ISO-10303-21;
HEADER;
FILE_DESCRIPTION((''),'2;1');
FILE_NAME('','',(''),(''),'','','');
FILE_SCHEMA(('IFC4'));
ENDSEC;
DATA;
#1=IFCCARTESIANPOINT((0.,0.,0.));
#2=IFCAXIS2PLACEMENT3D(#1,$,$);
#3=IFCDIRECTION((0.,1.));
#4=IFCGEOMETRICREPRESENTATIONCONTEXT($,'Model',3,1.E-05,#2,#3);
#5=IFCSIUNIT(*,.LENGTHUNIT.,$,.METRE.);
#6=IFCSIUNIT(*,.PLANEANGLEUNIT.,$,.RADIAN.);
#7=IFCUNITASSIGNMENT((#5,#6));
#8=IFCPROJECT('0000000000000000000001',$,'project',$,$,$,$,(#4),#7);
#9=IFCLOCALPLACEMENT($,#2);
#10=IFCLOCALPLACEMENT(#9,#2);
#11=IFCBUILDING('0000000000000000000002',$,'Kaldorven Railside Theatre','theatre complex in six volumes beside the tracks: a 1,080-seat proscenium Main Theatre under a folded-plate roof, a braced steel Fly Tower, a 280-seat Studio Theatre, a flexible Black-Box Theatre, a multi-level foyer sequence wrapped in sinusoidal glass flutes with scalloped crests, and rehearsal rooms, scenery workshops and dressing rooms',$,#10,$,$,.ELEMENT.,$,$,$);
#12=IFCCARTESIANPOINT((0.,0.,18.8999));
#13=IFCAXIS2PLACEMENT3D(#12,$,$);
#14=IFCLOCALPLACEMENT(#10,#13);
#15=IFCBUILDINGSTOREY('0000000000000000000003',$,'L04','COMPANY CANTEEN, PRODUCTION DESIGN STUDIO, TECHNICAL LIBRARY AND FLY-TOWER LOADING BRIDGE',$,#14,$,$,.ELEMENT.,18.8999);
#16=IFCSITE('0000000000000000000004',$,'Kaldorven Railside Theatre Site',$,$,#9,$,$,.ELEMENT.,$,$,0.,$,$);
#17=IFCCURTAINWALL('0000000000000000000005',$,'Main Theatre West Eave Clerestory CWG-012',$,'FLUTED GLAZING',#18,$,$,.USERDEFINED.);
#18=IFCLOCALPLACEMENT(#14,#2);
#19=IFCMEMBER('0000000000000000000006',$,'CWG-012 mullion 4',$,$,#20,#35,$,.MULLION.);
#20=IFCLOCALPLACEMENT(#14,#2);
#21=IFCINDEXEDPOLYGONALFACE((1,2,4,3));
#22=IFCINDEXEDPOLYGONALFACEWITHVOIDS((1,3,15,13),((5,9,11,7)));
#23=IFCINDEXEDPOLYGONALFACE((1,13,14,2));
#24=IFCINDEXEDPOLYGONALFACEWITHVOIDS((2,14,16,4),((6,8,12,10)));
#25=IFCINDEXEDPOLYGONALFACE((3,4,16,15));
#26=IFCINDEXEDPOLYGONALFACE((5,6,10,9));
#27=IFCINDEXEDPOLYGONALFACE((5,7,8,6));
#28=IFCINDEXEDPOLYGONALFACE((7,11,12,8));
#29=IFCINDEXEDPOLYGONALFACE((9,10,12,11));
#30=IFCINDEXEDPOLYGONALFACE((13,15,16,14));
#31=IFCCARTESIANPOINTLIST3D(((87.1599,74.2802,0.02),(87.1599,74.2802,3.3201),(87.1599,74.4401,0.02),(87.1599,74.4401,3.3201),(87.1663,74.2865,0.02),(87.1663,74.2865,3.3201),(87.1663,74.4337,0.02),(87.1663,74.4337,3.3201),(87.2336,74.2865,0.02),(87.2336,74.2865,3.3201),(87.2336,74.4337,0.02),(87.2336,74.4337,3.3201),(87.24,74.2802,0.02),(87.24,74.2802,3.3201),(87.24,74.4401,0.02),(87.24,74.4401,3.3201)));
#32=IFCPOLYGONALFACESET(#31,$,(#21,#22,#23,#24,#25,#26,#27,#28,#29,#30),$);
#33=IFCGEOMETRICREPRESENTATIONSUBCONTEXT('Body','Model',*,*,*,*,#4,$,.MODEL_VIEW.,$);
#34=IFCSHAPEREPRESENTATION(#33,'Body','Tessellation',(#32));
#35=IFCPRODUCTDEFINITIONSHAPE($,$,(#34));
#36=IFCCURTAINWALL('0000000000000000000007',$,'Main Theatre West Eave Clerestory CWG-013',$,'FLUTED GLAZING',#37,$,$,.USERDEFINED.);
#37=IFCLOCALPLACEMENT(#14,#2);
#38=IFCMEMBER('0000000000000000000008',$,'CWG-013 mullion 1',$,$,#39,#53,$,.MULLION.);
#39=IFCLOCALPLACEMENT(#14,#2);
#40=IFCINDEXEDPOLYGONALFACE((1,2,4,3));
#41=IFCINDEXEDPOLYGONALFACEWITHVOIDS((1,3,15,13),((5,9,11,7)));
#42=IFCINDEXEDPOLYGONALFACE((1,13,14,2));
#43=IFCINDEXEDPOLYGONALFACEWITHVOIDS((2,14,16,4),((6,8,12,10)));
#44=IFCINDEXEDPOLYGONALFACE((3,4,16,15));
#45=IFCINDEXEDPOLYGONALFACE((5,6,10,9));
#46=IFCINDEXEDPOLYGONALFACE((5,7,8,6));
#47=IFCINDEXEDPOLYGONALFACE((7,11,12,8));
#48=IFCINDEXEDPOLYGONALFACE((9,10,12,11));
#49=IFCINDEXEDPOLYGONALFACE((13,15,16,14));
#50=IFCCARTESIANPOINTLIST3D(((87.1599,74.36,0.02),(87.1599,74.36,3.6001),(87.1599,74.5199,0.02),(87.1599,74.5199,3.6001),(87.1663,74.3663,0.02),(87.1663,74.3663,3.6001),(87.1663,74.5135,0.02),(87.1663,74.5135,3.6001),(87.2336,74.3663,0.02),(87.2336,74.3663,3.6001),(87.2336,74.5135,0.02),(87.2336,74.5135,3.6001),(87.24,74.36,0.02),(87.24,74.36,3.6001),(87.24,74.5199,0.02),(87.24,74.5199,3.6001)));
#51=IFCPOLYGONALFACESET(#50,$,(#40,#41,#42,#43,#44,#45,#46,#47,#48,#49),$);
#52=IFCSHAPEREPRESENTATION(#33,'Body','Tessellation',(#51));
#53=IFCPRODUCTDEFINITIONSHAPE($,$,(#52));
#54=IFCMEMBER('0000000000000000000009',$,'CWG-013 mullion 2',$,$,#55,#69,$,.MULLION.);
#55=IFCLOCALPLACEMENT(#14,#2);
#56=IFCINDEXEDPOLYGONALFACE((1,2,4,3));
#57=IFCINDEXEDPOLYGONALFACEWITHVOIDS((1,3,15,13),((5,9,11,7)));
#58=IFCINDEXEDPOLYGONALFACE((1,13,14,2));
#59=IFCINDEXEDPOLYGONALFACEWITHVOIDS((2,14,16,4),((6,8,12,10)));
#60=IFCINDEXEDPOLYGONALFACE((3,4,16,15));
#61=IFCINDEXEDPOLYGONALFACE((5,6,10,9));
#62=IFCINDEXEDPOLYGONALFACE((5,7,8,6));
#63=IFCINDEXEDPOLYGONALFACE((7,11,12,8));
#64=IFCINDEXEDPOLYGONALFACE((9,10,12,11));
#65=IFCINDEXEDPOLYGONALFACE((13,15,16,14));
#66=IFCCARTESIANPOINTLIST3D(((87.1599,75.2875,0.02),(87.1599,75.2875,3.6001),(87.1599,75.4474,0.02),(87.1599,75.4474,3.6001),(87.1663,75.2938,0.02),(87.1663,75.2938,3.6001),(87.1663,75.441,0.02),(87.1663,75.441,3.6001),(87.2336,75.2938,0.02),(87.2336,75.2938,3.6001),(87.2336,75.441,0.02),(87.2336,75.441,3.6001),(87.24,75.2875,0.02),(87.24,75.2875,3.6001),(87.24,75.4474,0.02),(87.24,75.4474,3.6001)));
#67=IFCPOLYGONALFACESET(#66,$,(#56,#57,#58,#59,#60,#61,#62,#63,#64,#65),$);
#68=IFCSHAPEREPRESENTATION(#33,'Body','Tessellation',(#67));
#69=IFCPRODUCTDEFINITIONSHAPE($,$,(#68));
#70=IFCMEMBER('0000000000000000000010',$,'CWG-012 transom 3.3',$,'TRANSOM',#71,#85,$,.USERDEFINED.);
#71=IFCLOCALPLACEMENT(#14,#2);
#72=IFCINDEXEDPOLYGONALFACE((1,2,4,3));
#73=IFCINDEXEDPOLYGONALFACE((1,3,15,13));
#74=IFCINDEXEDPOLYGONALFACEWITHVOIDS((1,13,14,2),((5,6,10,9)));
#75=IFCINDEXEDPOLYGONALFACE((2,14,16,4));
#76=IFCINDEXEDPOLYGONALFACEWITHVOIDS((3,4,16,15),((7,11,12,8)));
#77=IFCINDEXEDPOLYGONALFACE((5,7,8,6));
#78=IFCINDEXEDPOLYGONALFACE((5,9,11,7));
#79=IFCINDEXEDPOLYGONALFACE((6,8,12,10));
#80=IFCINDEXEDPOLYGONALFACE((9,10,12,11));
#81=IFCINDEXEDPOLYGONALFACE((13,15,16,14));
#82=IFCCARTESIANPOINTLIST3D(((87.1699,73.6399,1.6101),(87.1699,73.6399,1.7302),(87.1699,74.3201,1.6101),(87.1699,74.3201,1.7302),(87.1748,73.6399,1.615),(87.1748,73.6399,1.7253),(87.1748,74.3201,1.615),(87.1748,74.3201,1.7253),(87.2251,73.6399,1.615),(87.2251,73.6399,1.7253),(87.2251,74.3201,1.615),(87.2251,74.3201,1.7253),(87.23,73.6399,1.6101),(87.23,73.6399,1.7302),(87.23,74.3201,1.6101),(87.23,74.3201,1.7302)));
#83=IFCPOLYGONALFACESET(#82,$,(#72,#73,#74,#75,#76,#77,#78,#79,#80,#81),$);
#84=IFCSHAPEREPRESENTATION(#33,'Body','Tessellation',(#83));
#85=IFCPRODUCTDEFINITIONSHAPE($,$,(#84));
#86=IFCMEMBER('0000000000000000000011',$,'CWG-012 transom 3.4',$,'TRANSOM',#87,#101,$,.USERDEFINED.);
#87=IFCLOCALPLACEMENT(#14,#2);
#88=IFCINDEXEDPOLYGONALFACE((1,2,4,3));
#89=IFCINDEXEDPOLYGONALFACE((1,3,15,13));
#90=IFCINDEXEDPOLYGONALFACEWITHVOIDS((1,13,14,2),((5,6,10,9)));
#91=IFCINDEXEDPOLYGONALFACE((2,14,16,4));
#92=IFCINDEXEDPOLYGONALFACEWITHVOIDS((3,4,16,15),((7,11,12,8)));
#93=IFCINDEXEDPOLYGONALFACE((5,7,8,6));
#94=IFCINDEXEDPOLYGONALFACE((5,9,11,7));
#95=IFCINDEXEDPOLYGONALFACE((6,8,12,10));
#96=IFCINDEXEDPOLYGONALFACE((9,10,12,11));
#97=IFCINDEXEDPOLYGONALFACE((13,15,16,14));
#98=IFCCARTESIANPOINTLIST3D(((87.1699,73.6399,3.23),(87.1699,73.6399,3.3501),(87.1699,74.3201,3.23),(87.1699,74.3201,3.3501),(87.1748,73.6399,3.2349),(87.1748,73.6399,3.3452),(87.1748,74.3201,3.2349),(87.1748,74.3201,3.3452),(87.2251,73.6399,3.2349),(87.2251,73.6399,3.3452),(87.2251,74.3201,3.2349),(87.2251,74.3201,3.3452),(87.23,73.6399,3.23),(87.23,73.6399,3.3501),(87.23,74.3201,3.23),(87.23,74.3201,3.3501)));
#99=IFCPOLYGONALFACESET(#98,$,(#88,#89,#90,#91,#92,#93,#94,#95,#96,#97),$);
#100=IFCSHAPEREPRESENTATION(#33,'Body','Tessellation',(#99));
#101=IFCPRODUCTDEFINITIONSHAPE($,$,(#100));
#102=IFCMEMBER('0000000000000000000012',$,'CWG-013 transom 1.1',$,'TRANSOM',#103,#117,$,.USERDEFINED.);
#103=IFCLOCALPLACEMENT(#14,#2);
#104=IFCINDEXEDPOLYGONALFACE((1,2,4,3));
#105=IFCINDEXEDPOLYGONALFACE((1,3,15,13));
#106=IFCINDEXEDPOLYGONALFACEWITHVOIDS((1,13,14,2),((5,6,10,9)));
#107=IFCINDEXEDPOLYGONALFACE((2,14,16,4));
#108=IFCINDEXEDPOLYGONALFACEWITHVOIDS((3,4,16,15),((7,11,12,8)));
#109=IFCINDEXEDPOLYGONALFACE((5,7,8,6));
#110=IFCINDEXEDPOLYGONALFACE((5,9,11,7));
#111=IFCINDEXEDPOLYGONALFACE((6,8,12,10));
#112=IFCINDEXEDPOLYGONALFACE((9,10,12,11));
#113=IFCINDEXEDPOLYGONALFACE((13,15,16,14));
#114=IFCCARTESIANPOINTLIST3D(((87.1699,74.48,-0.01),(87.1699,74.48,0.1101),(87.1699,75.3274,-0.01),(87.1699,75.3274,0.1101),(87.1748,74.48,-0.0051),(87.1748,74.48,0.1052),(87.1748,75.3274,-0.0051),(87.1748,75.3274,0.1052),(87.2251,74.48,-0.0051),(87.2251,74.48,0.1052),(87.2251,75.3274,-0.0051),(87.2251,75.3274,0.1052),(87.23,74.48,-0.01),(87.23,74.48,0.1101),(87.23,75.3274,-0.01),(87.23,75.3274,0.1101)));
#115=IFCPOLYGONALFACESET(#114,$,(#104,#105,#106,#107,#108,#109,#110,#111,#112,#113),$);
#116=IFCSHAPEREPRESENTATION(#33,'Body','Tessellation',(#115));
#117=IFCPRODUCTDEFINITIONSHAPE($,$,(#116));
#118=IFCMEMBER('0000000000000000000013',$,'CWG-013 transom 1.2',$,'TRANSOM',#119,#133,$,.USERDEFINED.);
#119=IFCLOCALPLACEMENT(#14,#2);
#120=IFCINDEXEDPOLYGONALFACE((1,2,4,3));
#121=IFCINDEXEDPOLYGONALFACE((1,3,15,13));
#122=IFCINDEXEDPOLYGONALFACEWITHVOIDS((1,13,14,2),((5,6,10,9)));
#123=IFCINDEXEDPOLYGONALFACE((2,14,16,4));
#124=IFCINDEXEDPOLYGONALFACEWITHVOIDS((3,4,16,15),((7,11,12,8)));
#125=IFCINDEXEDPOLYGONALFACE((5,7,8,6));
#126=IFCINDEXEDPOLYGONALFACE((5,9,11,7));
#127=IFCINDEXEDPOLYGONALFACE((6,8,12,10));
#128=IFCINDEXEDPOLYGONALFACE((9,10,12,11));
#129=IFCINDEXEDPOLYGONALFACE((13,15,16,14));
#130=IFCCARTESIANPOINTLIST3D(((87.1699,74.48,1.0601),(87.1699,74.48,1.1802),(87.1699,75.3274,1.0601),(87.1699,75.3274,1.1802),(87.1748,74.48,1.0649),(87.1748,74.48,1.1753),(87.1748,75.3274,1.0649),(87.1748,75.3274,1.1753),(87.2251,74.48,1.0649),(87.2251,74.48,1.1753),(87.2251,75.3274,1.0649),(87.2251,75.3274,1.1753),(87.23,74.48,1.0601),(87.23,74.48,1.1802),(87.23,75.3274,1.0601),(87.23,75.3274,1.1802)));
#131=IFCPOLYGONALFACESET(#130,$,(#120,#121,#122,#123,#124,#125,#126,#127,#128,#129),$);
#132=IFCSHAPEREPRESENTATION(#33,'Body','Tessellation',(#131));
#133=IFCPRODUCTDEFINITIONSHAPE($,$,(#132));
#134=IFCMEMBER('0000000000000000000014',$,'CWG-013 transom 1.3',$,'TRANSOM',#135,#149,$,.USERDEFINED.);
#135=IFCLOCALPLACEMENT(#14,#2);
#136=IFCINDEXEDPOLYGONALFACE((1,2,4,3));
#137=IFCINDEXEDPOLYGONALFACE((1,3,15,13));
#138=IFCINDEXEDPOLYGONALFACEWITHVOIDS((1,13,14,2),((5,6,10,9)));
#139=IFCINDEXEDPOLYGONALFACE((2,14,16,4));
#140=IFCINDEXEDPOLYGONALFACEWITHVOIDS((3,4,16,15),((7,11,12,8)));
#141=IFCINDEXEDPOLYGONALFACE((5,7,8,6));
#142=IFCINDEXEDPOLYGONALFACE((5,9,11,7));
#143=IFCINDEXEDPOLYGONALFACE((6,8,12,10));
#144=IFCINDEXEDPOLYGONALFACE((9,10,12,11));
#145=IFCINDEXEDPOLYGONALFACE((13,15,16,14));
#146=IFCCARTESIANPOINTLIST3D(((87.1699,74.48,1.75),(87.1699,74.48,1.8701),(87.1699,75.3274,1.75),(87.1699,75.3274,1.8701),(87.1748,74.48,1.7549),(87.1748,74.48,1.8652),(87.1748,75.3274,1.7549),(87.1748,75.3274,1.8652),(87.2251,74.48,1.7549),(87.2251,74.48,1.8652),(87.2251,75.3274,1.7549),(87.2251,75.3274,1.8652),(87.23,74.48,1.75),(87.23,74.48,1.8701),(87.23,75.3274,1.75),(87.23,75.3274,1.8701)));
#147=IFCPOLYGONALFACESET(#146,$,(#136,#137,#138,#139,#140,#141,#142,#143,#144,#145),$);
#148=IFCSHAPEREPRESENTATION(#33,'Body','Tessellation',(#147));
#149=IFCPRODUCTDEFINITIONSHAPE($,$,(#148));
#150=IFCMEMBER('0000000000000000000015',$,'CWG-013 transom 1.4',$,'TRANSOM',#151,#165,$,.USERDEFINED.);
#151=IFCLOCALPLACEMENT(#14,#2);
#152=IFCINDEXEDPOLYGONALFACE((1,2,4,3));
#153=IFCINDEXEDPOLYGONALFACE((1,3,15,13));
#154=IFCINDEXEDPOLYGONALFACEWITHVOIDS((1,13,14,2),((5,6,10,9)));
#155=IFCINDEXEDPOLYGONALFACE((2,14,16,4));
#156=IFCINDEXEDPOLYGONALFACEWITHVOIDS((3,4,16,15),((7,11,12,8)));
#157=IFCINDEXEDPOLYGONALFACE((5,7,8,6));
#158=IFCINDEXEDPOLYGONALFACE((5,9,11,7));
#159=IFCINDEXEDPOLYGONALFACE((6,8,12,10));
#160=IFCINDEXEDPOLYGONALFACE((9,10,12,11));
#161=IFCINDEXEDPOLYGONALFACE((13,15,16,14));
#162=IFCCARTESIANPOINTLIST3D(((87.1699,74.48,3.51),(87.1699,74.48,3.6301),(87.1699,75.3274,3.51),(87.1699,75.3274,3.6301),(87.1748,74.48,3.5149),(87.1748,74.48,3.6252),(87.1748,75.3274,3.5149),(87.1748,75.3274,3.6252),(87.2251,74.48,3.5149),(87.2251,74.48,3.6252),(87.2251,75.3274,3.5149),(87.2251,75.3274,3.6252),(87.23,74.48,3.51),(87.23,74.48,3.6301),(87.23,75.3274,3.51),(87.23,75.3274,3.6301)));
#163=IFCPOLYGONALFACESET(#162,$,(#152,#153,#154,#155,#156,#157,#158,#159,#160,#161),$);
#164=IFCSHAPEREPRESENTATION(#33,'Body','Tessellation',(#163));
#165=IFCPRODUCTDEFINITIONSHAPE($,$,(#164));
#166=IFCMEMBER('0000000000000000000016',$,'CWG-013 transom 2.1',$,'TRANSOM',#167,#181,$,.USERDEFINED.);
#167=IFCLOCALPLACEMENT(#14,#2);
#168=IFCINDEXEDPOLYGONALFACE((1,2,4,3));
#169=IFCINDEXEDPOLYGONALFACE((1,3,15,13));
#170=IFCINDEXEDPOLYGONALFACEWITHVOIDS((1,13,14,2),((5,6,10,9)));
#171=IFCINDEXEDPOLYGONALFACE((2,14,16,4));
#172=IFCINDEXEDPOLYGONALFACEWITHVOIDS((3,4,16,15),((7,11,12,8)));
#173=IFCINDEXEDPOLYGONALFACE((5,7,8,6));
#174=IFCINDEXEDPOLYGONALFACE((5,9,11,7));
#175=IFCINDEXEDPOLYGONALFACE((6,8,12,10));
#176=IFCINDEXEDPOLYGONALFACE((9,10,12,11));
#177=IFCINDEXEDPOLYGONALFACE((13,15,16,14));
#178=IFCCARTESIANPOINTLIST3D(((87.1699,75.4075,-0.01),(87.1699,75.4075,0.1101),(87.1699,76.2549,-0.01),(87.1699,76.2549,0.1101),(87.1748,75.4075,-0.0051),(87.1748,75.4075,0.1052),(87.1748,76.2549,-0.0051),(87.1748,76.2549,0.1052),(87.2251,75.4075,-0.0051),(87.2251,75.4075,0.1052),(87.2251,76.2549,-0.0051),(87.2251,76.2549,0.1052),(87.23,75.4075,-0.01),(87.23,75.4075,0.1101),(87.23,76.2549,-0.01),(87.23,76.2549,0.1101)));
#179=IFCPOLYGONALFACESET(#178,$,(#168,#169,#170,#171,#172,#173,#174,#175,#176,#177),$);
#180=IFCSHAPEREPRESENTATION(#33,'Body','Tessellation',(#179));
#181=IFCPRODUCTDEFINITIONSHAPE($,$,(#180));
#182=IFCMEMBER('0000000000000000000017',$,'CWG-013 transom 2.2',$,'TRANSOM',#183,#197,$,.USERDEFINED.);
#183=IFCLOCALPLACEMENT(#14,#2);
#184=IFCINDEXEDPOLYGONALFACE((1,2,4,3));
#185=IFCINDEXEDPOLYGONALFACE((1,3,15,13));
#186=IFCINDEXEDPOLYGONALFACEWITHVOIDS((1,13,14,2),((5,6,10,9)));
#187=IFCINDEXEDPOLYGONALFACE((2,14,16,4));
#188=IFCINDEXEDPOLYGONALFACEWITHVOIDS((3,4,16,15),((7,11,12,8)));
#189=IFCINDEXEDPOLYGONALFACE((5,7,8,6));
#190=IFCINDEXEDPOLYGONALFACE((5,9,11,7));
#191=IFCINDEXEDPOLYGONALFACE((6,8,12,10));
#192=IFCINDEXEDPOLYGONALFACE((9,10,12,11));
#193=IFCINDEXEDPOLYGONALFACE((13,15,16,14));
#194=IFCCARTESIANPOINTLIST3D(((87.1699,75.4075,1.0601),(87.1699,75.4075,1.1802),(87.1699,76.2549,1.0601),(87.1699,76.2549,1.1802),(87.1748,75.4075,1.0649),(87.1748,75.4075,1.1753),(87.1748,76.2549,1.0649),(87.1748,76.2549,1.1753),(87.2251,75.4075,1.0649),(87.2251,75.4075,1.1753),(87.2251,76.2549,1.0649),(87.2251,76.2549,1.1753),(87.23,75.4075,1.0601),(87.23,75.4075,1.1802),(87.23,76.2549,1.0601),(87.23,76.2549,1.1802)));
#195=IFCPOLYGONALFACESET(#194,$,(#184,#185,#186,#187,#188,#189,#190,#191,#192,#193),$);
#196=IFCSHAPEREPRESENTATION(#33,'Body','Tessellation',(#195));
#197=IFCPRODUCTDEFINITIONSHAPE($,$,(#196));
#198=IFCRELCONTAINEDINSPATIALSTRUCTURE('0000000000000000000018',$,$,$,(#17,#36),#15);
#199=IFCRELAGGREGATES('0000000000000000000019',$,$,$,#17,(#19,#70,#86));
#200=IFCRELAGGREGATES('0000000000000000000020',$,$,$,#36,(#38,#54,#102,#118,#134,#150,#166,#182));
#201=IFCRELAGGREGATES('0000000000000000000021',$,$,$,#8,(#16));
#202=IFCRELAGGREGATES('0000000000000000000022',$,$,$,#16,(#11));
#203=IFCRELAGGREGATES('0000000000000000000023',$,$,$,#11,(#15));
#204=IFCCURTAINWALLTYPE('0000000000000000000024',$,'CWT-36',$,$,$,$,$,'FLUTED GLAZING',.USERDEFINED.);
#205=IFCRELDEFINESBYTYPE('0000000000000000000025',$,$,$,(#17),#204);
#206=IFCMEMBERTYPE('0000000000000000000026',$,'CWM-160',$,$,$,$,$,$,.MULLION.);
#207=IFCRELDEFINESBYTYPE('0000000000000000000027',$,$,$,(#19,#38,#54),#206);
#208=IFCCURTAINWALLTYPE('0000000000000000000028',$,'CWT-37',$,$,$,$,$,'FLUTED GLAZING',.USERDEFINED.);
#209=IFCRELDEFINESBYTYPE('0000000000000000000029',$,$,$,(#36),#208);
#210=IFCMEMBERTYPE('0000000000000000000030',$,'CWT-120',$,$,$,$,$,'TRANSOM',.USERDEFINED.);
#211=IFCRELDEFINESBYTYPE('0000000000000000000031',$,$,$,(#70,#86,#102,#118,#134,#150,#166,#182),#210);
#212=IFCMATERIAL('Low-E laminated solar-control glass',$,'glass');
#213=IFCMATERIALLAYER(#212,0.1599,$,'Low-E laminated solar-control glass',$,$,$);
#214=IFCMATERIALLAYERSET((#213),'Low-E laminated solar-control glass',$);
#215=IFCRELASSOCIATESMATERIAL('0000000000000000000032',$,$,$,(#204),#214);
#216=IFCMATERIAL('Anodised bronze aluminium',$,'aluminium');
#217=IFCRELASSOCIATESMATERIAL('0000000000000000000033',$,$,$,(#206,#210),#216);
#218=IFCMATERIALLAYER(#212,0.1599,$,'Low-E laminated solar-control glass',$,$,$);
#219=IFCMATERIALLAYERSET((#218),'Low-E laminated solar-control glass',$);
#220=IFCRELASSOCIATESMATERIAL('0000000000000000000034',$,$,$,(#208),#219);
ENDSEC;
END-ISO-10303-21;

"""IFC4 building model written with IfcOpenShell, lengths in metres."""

from ifc_helpers import new_model, si_unit, direction, frame, origin, origin_2d, place, context, subcontext, project, spatial, hollow_rectangle, extrude, material, layer, layer_set, material_profile, profile_set, type_object, element, aggregate, save


model = new_model("IFC4")

# Units and contexts
model_context = context("Model", 3, precision=1e-05, world=origin(), true_north=direction((0.0, 1.0)))
body_context = subcontext(model_context, "Body", "Model", "MODEL_VIEW")
ifc_project = project(units=[si_unit("LENGTHUNIT", "METRE"), si_unit("PLANEANGLEUNIT", "RADIAN")], contexts=[model_context])

# Site, building, storey
site_placement = place(None, origin())
site = spatial("IfcSite", under=ifc_project, at=site_placement, Name="Kaldorven Railside Theatre Site", CompositionType="ELEMENT", RefElevation=0.0)
building_placement = place(site_placement, origin())
building = spatial("IfcBuilding", under=site, at=building_placement, Name="Kaldorven Railside Theatre", Description="theatre complex in six volumes beside the tracks: a 1,080-seat proscenium Main Theatre under a folded-plate roof, a braced steel Fly Tower, a 280-seat Studio Theatre, a flexible Black-Box Theatre, a multi-level foyer sequence wrapped in sinusoidal glass flutes with scalloped crests, and rehearsal rooms, scenery workshops and dressing rooms", CompositionType="ELEMENT")
storey_placement = place(building_placement, frame((0.0, 0.0, 18.8999)))
storey = spatial("IfcBuildingStorey", under=building, at=storey_placement, Name="L04", Description="COMPANY CANTEEN, PRODUCTION DESIGN STUDIO, TECHNICAL LIBRARY AND FLY-TOWER LOADING BRIDGE", CompositionType="ELEMENT", Elevation=18.8999)

# Curtain wall, member
ifc_material_1 = material(Name="Low-E laminated solar-control glass", Category="glass")
ifc_layer_1 = layer(ifc_material_1, 0.1599, Name="Low-E laminated solar-control glass")
ifc_layer_set_1 = layer_set([ifc_layer_1], Name="Low-E laminated solar-control glass")
curtain_wall_type_1 = type_object("IfcCurtainWallType", Name="CWT-36", ElementType="FLUTED GLAZING", PredefinedType="USERDEFINED", material=ifc_layer_set_1)
curtain_wall_1_placement = place(storey_placement, origin())
curtain_wall_1 = element("IfcCurtainWall", 1, at=curtain_wall_1_placement, inside=storey, type_object=curtain_wall_type_1, Name="Main Theatre West Eave Clerestory CWG-012", ObjectType="FLUTED GLAZING", PredefinedType="USERDEFINED")
ifc_material_2 = material(Name="Anodised bronze aluminium", Category="aluminium")
ifc_material_profile_1 = material_profile(ifc_material_2, hollow_rectangle(XDim=0.0801, YDim=0.1599, WallThickness=0.0063, at=origin_2d()), Name="RHS 160x80x6.3")
ifc_profile_set_1 = profile_set([ifc_material_profile_1], Name="Anodised bronze aluminium")
member_type_1 = type_object("IfcMemberType", Name="CWM-160", PredefinedType="MULLION", material=ifc_profile_set_1)
member_1_placement = place(storey_placement, frame((87.2, 74.3601, 0.02), z_axis=(0.0, 0.0, 1.0), x_axis=(-1.0, 0.0, 0.0)))
member_1 = element("IfcMember", 2, at=member_1_placement, type_object=member_type_1, Name="CWG-012 mullion 4", PredefinedType="MULLION", context=body_context, shape_type="SweptSolid", body=[
    extrude(hollow_rectangle(XDim=0.0801, YDim=0.1599, WallThickness=0.0063, at=origin_2d()), origin(), (0.0, 0.0, 1.0), 3.3),
])

# Curtain wall, members
ifc_layer_2 = layer(ifc_material_1, 0.1599, Name="Low-E laminated solar-control glass")
ifc_layer_set_2 = layer_set([ifc_layer_2], Name="Low-E laminated solar-control glass")
curtain_wall_type_2 = type_object("IfcCurtainWallType", Name="CWT-37", ElementType="FLUTED GLAZING", PredefinedType="USERDEFINED", material=ifc_layer_set_2)
curtain_wall_2_placement = place(storey_placement, origin())
curtain_wall_2 = element("IfcCurtainWall", 3, at=curtain_wall_2_placement, inside=storey, type_object=curtain_wall_type_2, Name="Main Theatre West Eave Clerestory CWG-013", ObjectType="FLUTED GLAZING", PredefinedType="USERDEFINED")
member_2_placement = place(storey_placement, frame((87.2, 74.4399, 0.02), z_axis=(0.0, 0.0, 1.0), x_axis=(-1.0, 0.0, 0.0)))
member_2 = element("IfcMember", 4, at=member_2_placement, type_object=member_type_1, Name="CWG-013 mullion 1", PredefinedType="MULLION", context=body_context, shape_type="SweptSolid", body=[
    extrude(hollow_rectangle(XDim=0.0801, YDim=0.1599, WallThickness=0.0063, at=origin_2d()), origin(), (0.0, 0.0, 1.0), 3.5801),
])
member_3_placement = place(storey_placement, frame((87.2, 75.3674, 0.02), z_axis=(0.0, 0.0, 1.0), x_axis=(-1.0, 0.0, 0.0)))
member_3 = element("IfcMember", 5, at=member_3_placement, type_object=member_type_1, Name="CWG-013 mullion 2", PredefinedType="MULLION", context=body_context, shape_type="SweptSolid", body=[
    extrude(hollow_rectangle(XDim=0.0801, YDim=0.1599, WallThickness=0.0063, at=origin_2d()), origin(), (0.0, 0.0, 1.0), 3.5801),
])

# Members
ifc_material_profile_2 = material_profile(ifc_material_2, hollow_rectangle(XDim=0.0601, YDim=0.1201, WallThickness=0.0049, at=origin_2d()), Name="RHS 120x60x5")
ifc_profile_set_2 = profile_set([ifc_material_profile_2], Name="Anodised bronze aluminium")
member_type_2 = type_object("IfcMemberType", Name="CWT-120", ElementType="TRANSOM", PredefinedType="USERDEFINED", material=ifc_profile_set_2)
member_4_placement = place(storey_placement, frame((87.2, 73.6399, 1.6702), z_axis=(0.0, 1.0, 0.0), x_axis=(-1.0, 0.0, 0.0)))
member_4 = element("IfcMember", 6, at=member_4_placement, type_object=member_type_2, Name="CWG-012 transom 3.3", ObjectType="TRANSOM", PredefinedType="USERDEFINED", context=body_context, shape_type="SweptSolid", body=[
    extrude(hollow_rectangle(XDim=0.0601, YDim=0.1201, WallThickness=0.0049, at=origin_2d()), origin(), (0.0, 0.0, 1.0), 0.6802),
])
member_5_placement = place(storey_placement, frame((87.2, 73.6399, 3.29), z_axis=(0.0, 1.0, 0.0), x_axis=(-1.0, 0.0, 0.0)))
member_5 = element("IfcMember", 7, at=member_5_placement, type_object=member_type_2, Name="CWG-012 transom 3.4", ObjectType="TRANSOM", PredefinedType="USERDEFINED", context=body_context, shape_type="SweptSolid", body=[
    extrude(hollow_rectangle(XDim=0.0601, YDim=0.1201, WallThickness=0.0049, at=origin_2d()), origin(), (0.0, 0.0, 1.0), 0.6802),
])
member_6_placement = place(storey_placement, frame((87.2, 74.48, 0.05), z_axis=(0.0, 1.0, 0.0), x_axis=(-1.0, 0.0, 0.0)))
member_6 = element("IfcMember", 8, at=member_6_placement, type_object=member_type_2, Name="CWG-013 transom 1.1", ObjectType="TRANSOM", PredefinedType="USERDEFINED", context=body_context, shape_type="SweptSolid", body=[
    extrude(hollow_rectangle(XDim=0.0601, YDim=0.1201, WallThickness=0.0049, at=origin_2d()), origin(), (0.0, 0.0, 1.0), 0.8474),
])
member_7_placement = place(storey_placement, frame((87.2, 74.48, 1.1201), z_axis=(0.0, 1.0, 0.0), x_axis=(-1.0, 0.0, 0.0)))
member_7 = element("IfcMember", 9, at=member_7_placement, type_object=member_type_2, Name="CWG-013 transom 1.2", ObjectType="TRANSOM", PredefinedType="USERDEFINED", context=body_context, shape_type="SweptSolid", body=[
    extrude(hollow_rectangle(XDim=0.0601, YDim=0.1201, WallThickness=0.0049, at=origin_2d()), origin(), (0.0, 0.0, 1.0), 0.8474),
])
member_8_placement = place(storey_placement, frame((87.2, 74.48, 1.8101), z_axis=(0.0, 1.0, 0.0), x_axis=(-1.0, 0.0, 0.0)))
member_8 = element("IfcMember", 10, at=member_8_placement, type_object=member_type_2, Name="CWG-013 transom 1.3", ObjectType="TRANSOM", PredefinedType="USERDEFINED", context=body_context, shape_type="SweptSolid", body=[
    extrude(hollow_rectangle(XDim=0.0601, YDim=0.1201, WallThickness=0.0049, at=origin_2d()), origin(), (0.0, 0.0, 1.0), 0.8474),
])
member_9_placement = place(storey_placement, frame((87.2, 74.48, 3.5701), z_axis=(0.0, 1.0, 0.0), x_axis=(-1.0, 0.0, 0.0)))
member_9 = element("IfcMember", 11, at=member_9_placement, type_object=member_type_2, Name="CWG-013 transom 1.4", ObjectType="TRANSOM", PredefinedType="USERDEFINED", context=body_context, shape_type="SweptSolid", body=[
    extrude(hollow_rectangle(XDim=0.0601, YDim=0.1201, WallThickness=0.0049, at=origin_2d()), origin(), (0.0, 0.0, 1.0), 0.8474),
])
member_10_placement = place(storey_placement, frame((87.2, 75.4075, 0.05), z_axis=(0.0, 1.0, 0.0), x_axis=(-1.0, 0.0, 0.0)))
member_10 = element("IfcMember", 12, at=member_10_placement, type_object=member_type_2, Name="CWG-013 transom 2.1", ObjectType="TRANSOM", PredefinedType="USERDEFINED", context=body_context, shape_type="SweptSolid", body=[
    extrude(hollow_rectangle(XDim=0.0601, YDim=0.1201, WallThickness=0.0049, at=origin_2d()), origin(), (0.0, 0.0, 1.0), 0.8474),
])
member_11_placement = place(storey_placement, frame((87.2, 75.4075, 1.1201), z_axis=(0.0, 1.0, 0.0), x_axis=(-1.0, 0.0, 0.0)))
member_11 = element("IfcMember", 13, at=member_11_placement, type_object=member_type_2, Name="CWG-013 transom 2.2", ObjectType="TRANSOM", PredefinedType="USERDEFINED", context=body_context, shape_type="SweptSolid", body=[
    extrude(hollow_rectangle(XDim=0.0601, YDim=0.1201, WallThickness=0.0049, at=origin_2d()), origin(), (0.0, 0.0, 1.0), 0.8474),
])

aggregate(curtain_wall_1, [member_1, member_4, member_5])
aggregate(curtain_wall_2, [member_2, member_3, member_6, member_7, member_8, member_9, member_10, member_11])

save(model, "model.ifc")
